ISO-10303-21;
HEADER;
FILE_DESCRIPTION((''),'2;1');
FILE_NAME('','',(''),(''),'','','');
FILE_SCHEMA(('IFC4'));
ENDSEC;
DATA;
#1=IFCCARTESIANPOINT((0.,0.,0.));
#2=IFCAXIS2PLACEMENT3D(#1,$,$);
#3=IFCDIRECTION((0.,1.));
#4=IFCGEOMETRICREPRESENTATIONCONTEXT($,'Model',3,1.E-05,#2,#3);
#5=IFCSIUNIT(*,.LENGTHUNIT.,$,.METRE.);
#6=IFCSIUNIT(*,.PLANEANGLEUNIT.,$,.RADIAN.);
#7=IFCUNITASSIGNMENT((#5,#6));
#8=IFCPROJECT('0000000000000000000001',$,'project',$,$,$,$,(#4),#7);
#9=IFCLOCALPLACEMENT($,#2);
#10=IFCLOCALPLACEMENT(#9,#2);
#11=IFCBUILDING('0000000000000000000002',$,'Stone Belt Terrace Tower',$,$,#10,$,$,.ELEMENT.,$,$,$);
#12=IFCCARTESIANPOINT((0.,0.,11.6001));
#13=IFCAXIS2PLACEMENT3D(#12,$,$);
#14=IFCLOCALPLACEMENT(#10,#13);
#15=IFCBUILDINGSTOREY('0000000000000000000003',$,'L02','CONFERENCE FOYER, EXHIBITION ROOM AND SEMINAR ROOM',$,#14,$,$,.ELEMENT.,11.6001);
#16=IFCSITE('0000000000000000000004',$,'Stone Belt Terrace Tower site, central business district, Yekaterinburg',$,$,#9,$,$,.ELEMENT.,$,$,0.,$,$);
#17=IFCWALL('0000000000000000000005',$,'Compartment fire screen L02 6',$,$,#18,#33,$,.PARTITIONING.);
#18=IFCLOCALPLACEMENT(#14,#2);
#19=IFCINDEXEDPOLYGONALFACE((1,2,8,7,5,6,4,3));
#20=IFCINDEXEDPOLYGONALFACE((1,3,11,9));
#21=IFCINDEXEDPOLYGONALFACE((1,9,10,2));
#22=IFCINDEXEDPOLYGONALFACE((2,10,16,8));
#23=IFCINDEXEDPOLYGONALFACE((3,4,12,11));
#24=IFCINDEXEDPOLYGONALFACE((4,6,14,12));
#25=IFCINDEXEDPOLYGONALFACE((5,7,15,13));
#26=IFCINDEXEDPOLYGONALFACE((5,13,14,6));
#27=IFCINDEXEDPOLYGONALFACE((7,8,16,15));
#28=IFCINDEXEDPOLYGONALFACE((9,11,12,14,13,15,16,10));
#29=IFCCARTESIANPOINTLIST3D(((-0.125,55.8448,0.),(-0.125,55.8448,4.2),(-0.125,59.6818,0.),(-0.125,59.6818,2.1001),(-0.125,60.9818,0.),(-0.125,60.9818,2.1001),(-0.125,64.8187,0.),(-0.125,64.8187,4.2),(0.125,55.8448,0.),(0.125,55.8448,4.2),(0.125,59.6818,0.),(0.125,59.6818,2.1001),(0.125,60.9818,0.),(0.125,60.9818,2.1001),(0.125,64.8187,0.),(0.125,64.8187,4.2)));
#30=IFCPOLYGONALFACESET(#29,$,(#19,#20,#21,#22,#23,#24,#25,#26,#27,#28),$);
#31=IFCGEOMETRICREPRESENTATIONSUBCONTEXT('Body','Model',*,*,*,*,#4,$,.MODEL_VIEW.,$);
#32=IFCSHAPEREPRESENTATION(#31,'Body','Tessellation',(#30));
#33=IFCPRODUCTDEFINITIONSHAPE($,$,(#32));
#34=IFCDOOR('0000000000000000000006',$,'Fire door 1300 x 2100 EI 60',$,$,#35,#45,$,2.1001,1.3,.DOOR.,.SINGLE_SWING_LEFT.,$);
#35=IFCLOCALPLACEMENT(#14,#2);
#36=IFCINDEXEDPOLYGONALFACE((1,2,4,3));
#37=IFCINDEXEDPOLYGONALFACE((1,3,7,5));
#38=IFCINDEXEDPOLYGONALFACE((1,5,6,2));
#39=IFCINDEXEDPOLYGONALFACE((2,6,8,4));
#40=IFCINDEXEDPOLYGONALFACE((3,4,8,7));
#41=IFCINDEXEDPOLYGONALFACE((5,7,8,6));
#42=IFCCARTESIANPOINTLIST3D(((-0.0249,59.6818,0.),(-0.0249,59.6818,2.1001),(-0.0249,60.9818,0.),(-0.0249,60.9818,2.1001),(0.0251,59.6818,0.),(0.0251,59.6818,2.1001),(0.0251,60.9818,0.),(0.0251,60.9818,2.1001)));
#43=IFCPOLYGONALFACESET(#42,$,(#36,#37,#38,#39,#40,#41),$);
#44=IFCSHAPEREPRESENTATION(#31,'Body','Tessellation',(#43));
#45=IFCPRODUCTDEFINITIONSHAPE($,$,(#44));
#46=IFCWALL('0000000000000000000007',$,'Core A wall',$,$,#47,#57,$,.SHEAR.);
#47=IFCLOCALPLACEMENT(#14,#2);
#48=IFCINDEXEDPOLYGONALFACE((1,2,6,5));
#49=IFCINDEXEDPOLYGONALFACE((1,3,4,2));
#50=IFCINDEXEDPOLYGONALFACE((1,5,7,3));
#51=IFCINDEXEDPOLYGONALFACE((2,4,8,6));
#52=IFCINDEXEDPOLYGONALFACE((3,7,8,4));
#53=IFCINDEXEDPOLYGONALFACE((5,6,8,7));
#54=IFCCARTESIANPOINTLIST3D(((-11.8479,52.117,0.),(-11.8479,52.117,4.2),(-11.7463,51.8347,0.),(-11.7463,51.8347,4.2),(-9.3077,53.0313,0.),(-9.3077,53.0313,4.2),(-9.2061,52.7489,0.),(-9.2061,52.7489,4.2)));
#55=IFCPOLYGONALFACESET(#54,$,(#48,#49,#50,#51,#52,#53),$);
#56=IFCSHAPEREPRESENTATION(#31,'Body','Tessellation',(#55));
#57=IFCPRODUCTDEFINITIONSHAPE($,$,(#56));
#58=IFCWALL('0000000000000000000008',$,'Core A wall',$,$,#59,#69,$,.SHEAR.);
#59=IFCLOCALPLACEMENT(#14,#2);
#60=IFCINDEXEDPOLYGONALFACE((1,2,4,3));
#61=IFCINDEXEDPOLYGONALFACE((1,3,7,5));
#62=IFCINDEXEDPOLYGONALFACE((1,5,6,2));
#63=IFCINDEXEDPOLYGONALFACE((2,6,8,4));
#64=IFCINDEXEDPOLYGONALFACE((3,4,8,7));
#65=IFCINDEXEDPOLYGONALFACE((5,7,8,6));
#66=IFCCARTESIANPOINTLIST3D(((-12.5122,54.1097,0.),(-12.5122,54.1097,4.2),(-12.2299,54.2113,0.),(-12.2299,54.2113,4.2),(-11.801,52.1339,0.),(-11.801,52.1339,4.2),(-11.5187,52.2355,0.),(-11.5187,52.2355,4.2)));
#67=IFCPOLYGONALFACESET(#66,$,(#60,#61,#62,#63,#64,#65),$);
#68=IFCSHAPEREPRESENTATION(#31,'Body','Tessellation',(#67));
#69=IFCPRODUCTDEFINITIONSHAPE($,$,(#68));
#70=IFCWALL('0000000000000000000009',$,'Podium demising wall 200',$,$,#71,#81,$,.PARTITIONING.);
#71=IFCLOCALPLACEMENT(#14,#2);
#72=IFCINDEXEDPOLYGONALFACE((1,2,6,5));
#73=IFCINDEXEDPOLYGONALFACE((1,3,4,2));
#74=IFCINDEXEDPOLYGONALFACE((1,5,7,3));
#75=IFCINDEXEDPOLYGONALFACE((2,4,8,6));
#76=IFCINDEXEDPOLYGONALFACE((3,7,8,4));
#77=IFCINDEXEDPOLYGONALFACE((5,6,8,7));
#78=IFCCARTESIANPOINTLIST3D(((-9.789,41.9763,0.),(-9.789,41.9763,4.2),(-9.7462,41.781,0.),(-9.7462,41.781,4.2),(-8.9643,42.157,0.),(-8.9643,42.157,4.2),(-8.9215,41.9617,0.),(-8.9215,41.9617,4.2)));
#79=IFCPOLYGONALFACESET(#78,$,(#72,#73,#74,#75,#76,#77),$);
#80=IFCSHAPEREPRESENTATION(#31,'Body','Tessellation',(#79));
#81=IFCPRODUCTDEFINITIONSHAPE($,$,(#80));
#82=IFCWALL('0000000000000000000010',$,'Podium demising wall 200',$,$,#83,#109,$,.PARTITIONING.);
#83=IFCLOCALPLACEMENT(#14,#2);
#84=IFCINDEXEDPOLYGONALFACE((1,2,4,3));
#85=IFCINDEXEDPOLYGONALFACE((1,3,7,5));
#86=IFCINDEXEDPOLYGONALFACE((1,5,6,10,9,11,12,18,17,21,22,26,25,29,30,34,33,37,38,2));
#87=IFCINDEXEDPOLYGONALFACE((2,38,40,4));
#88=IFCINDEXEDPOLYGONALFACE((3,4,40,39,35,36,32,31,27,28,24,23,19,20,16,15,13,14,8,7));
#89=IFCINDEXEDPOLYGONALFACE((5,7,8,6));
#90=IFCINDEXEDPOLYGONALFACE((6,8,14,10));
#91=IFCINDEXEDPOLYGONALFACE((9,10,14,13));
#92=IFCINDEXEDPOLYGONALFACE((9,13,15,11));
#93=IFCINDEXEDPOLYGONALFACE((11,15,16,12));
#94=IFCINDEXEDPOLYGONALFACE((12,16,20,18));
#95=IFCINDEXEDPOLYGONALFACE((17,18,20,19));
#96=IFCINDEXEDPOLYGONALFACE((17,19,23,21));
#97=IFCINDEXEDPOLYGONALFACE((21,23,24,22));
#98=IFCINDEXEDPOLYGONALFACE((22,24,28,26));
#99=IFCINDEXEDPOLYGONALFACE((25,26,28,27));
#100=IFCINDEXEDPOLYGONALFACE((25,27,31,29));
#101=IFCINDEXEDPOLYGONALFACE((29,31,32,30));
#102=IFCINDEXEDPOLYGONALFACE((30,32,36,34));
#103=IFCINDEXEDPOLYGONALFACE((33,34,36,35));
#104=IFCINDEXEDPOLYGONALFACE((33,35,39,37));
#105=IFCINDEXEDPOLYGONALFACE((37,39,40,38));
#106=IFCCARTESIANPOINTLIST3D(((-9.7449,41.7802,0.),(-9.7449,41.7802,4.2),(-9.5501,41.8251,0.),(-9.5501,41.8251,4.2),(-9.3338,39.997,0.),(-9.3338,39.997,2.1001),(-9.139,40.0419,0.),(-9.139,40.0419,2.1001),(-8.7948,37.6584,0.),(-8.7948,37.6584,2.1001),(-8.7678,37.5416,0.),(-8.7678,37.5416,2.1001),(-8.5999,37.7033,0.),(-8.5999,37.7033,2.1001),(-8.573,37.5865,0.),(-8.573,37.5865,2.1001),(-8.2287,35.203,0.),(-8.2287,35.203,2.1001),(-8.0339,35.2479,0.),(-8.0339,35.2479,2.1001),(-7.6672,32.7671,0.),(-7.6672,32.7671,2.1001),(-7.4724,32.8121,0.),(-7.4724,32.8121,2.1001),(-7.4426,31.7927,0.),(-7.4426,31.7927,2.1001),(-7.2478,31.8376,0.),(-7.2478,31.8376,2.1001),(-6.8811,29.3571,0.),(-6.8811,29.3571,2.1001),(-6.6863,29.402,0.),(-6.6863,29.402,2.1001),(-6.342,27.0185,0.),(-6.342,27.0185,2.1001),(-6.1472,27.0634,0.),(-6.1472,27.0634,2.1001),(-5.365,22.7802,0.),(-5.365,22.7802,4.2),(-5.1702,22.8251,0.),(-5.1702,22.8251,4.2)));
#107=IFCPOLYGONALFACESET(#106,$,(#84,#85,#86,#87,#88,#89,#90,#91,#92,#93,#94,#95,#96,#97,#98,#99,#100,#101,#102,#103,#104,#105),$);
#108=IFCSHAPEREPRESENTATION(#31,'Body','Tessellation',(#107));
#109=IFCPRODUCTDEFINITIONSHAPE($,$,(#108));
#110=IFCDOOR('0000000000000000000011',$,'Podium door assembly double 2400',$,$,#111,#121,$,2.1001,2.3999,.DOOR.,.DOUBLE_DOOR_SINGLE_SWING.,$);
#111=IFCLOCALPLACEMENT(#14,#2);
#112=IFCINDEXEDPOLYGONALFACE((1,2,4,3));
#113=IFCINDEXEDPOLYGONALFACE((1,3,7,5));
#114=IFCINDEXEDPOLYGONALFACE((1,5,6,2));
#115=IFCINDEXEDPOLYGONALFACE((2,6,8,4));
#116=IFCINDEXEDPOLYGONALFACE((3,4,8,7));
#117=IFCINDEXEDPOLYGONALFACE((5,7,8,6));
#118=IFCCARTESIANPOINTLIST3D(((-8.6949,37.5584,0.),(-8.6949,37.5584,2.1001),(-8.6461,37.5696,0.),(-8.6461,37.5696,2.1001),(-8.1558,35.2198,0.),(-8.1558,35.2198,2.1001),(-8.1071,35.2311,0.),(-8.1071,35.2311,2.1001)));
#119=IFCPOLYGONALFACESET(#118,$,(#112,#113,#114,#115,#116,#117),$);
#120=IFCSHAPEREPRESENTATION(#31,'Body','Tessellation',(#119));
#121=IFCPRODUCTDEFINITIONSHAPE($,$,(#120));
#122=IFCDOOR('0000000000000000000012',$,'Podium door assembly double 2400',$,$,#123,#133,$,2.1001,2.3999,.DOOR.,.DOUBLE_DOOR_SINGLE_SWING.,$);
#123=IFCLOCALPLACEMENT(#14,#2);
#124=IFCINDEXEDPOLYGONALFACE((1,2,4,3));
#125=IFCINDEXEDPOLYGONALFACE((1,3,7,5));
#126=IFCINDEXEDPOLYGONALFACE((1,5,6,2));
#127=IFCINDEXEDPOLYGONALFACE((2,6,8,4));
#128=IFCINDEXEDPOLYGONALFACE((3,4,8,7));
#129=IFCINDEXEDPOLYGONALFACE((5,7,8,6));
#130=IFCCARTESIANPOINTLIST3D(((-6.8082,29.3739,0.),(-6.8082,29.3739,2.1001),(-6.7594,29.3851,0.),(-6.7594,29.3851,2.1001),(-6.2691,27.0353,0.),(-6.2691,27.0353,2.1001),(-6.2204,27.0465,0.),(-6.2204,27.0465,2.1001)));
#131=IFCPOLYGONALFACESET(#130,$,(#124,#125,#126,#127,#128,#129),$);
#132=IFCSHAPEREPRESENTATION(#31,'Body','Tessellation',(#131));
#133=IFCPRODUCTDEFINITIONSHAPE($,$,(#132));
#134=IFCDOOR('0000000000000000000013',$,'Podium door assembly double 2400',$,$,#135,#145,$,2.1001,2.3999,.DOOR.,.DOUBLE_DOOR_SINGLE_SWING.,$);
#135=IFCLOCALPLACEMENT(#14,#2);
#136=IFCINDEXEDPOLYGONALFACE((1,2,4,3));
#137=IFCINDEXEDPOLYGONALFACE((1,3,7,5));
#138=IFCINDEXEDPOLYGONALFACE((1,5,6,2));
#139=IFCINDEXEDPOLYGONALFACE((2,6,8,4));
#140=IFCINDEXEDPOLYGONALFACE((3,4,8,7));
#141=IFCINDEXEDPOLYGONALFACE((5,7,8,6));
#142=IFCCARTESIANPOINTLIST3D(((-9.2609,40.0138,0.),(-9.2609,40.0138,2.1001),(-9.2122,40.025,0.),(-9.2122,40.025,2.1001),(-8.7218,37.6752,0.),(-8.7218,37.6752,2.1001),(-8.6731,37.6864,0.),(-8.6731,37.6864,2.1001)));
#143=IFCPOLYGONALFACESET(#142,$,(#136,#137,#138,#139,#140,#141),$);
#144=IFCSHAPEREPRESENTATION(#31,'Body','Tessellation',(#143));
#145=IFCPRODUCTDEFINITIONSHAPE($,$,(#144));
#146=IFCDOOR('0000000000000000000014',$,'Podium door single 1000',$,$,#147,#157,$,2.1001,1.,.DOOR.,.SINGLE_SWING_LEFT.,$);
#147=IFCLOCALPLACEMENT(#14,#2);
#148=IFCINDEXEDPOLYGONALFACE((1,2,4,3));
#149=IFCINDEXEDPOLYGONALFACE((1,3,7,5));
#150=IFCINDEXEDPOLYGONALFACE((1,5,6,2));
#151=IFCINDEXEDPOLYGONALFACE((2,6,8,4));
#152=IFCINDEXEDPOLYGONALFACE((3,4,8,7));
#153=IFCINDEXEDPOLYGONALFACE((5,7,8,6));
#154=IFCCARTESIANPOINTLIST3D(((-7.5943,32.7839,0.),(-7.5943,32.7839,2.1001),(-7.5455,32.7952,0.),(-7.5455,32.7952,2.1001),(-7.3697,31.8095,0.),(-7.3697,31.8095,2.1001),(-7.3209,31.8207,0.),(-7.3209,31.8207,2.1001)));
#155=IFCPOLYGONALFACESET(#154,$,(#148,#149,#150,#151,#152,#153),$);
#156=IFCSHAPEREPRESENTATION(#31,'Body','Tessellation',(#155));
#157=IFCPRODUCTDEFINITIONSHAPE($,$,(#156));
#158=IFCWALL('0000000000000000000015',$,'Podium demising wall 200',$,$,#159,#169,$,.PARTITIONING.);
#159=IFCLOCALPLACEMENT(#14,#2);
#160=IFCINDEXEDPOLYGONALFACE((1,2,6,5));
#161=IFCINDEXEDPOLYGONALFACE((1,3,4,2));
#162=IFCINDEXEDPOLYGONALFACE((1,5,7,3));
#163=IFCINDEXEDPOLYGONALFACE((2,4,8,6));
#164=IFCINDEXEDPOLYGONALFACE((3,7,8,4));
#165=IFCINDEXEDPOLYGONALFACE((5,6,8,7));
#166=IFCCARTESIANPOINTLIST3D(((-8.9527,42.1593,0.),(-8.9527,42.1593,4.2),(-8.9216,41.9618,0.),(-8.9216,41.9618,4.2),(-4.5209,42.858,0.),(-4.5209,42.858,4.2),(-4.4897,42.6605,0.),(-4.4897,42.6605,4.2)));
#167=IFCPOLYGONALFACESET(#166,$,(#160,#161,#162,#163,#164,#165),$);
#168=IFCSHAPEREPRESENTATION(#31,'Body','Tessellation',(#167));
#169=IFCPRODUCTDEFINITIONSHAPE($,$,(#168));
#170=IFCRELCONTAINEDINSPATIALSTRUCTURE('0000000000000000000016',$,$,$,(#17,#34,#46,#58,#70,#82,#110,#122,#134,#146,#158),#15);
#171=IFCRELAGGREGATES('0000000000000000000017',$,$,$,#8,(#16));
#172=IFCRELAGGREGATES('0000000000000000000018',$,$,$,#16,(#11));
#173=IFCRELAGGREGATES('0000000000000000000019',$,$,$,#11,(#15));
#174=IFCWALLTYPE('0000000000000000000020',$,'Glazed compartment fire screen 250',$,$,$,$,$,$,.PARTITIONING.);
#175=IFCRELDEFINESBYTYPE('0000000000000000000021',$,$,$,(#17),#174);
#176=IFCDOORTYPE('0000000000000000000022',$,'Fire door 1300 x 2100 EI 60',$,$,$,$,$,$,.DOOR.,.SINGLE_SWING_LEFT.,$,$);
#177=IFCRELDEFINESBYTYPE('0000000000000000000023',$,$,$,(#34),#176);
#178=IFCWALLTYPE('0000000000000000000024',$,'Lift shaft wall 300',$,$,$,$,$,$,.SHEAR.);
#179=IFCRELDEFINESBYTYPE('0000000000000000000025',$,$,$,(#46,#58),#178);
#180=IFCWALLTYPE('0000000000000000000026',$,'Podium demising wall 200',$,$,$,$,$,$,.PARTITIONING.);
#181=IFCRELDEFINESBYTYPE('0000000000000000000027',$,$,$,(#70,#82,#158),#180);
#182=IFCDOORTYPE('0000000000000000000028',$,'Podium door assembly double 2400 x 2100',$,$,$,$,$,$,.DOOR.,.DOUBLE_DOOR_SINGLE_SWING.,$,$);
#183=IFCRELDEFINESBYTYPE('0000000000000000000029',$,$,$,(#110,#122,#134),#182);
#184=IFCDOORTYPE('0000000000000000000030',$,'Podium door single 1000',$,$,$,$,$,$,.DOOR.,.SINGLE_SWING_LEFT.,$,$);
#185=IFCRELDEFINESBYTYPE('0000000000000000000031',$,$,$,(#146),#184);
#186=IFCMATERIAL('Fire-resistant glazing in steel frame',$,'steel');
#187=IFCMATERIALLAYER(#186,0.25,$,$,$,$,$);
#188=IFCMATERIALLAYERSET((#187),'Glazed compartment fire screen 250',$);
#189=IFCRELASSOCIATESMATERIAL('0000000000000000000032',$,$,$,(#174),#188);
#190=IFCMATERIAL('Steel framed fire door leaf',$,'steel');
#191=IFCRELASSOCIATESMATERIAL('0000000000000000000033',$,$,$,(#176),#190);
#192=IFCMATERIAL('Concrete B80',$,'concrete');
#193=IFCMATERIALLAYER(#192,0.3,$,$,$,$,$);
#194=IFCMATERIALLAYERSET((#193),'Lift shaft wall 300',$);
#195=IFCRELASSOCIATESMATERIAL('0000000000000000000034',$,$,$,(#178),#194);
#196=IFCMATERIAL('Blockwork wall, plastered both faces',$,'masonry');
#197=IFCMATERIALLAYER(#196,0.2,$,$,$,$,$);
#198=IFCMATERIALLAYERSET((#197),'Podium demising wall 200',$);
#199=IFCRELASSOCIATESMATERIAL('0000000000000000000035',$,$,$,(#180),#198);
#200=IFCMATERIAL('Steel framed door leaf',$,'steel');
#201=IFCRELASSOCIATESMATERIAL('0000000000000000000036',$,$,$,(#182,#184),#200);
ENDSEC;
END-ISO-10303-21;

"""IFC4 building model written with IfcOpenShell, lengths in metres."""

from ifc_helpers import new_model, si_unit, direction, frame, frame_2d, origin, place, context, subcontext, project, spatial, rectangle, extrude, material, layer, layer_set, type_object, element, fill, save


model = new_model("IFC4")

# Units and contexts
model_context = context("Model", 3, precision=1e-05, world=origin(), true_north=direction((0.0, 1.0)))
body_context = subcontext(model_context, "Body", "Model", "MODEL_VIEW")
ifc_project = project(units=[si_unit("LENGTHUNIT", "METRE"), si_unit("PLANEANGLEUNIT", "RADIAN")], contexts=[model_context])

# Site, building, storey
site_placement = place(None, origin())
site = spatial("IfcSite", under=ifc_project, at=site_placement, Name="Stone Belt Terrace Tower site, central business district, Yekaterinburg", CompositionType="ELEMENT", RefElevation=0.0)
building_placement = place(site_placement, origin())
building = spatial("IfcBuilding", under=site, at=building_placement, Name="Stone Belt Terrace Tower", CompositionType="ELEMENT")
storey_placement = place(building_placement, frame((0.0, 0.0, 11.6001)))
storey = spatial("IfcBuildingStorey", under=building, at=storey_placement, Name="L02", Description="CONFERENCE FOYER, EXHIBITION ROOM AND SEMINAR ROOM", CompositionType="ELEMENT", Elevation=11.6001)

# Shared definitions
ifc_material_1 = material(Name="Concrete B80", Category="concrete")

# Shared definitions
ifc_material_2 = material(Name="Fire-resistant glazing in steel frame", Category="steel")
ifc_layer_1 = layer(ifc_material_2, 0.25)
ifc_layer_set_1 = layer_set([ifc_layer_1], Name="Glazed compartment fire screen 250")
wall_type_1 = type_object("IfcWallType", Name="Glazed compartment fire screen 250", PredefinedType="PARTITIONING", material=ifc_layer_set_1)

# Shared definitions
ifc_material_3 = material(Name="Steel framed fire door leaf", Category="steel")
door_type_1 = type_object("IfcDoorType", Name="Fire door 1300 x 2100 EI 60", OperationType="SINGLE_SWING_LEFT", PredefinedType="DOOR", material=ifc_material_3)

# Wall, opening, door
wall_1_placement = place(storey_placement, frame((0.0, 55.845, 0.0), z_axis=(0.0, 0.0, 1.0), x_axis=(0.0, 1.0, 0.0)))
wall_1 = element("IfcWall", 1, at=wall_1_placement, inside=storey, type_object=wall_type_1, Name="Compartment fire screen L02 6", PredefinedType="PARTITIONING", context=body_context, shape_type="SweptSolid", body=[
    extrude(rectangle(XDim=8.9739, YDim=0.25, at=frame_2d((4.4868, 0.0))), origin(), (0.0, 0.0, 1.0), 4.2),
])
opening_1_placement = place(wall_1_placement, frame((3.8369, 0.0, 0.0)))
opening_1 = element("IfcOpeningElement", 2, at=opening_1_placement, cuts=wall_1, PredefinedType="OPENING", context=body_context, shape_type="SweptSolid", body=[
    extrude(rectangle(XDim=1.3, YDim=2.1001, at=frame_2d((0.6499, 1.05))), frame((0.0, 0.135, 0.0), z_axis=(0.0, -1.0, 0.0), x_axis=(1.0, 0.0, 0.0)), (0.0, 0.0, 1.0), 0.27),
])
door_1_placement = place(opening_1_placement, origin())
door_1 = element("IfcDoor", 3, at=door_1_placement, inside=storey, type_object=door_type_1, Name="Fire door 1300 x 2100 EI 60", OperationType="SINGLE_SWING_LEFT", OverallHeight=2.1001, OverallWidth=1.3, PredefinedType="DOOR", context=body_context, shape_type="SweptSolid", body=[
    extrude(rectangle(XDim=1.3, YDim=2.1001, at=frame_2d((0.6499, 1.05))), frame((0.0, 0.0249, 0.0), z_axis=(0.0, -1.0, 0.0), x_axis=(1.0, 0.0, 0.0)), (0.0, 0.0, 1.0), 0.05),
])
fill(opening_1, door_1)

# Walls
ifc_layer_2 = layer(ifc_material_1, 0.3)
ifc_layer_set_2 = layer_set([ifc_layer_2], Name="Lift shaft wall 300")
wall_type_2 = type_object("IfcWallType", Name="Lift shaft wall 300", PredefinedType="SHEAR", material=ifc_layer_set_2)
wall_2_placement = place(storey_placement, frame((-11.7971, 51.9758, 0.0), z_axis=(0.0, 0.0, 1.0), x_axis=(0.94091, 0.338655, 0.0)))
element("IfcWall", 4, at=wall_2_placement, inside=storey, type_object=wall_type_2, Name="Core A wall", PredefinedType="SHEAR", context=body_context, shape_type="SweptSolid", body=[
    extrude(rectangle(XDim=2.6997, YDim=0.3, at=frame_2d((1.3499, 0.0))), origin(), (0.0, 0.0, 1.0), 4.2),
])
wall_3_placement = place(storey_placement, frame((-11.6599, 52.1848, 0.0), z_axis=(0.0, 0.0, 1.0), x_axis=(-0.33867, 0.940905, 0.0)))
element("IfcWall", 5, at=wall_3_placement, inside=storey, type_object=wall_type_2, Name="Core A wall", PredefinedType="SHEAR", context=body_context, shape_type="SweptSolid", body=[
    extrude(rectangle(XDim=2.0999, YDim=0.3, at=frame_2d((1.0498, 0.0))), origin(), (0.0, 0.0, 1.0), 4.2),
])
ifc_material_4 = material(Name="Blockwork wall, plastered both faces", Category="masonry")
ifc_layer_3 = layer(ifc_material_4, 0.2)
ifc_layer_set_3 = layer_set([ifc_layer_3], Name="Podium demising wall 200")
wall_type_3 = type_object("IfcWallType", Name="Podium demising wall 200", PredefinedType="PARTITIONING", material=ifc_layer_set_3)
wall_4_placement = place(storey_placement, frame((-9.7676, 41.8787, 0.0), z_axis=(0.0, 0.0, 1.0), x_axis=(0.976836, 0.21399, 0.0)))
element("IfcWall", 6, at=wall_4_placement, inside=storey, type_object=wall_type_3, Name="Podium demising wall 200", PredefinedType="PARTITIONING", context=body_context, shape_type="SweptSolid", body=[
    extrude(rectangle(XDim=0.8442, YDim=0.2, at=frame_2d((0.4221, 0.0))), origin(), (0.0, 0.0, 1.0), 4.2),
])

# Wall, openings, doors
wall_5_placement = place(storey_placement, frame((-9.6475, 41.8025, 0.0), z_axis=(0.0, 0.0, 1.0), x_axis=(0.224629, -0.974444, 0.0)))
wall_5 = element("IfcWall", 7, at=wall_5_placement, inside=storey, type_object=wall_type_3, Name="Podium demising wall 200", PredefinedType="PARTITIONING", context=body_context, shape_type="SweptSolid", body=[
    extrude(rectangle(XDim=19.4983, YDim=0.2, at=frame_2d((9.749, 0.0))), origin(), (0.0, 0.0, 1.0), 4.2),
])
opening_2_placement = place(wall_5_placement, frame((9.2493, 0.0, 0.0)))
opening_2 = element("IfcOpeningElement", 8, at=opening_2_placement, cuts=wall_5, PredefinedType="OPENING", context=body_context, shape_type="SweptSolid", body=[
    extrude(rectangle(XDim=1.0, YDim=2.1001, at=frame_2d((0.5, 1.05))), frame((0.0, 0.1099, 0.0), z_axis=(0.0, -1.0, 0.0), x_axis=(1.0, 0.0, 0.0)), (0.0, 0.0, 1.0), 0.22),
])
opening_3_placement = place(wall_5_placement, frame((4.3496, 0.0, 0.0)))
opening_3 = element("IfcOpeningElement", 9, at=opening_3_placement, cuts=wall_5, PredefinedType="OPENING", context=body_context, shape_type="SweptSolid", body=[
    extrude(rectangle(XDim=2.3999, YDim=2.1001, at=frame_2d((1.2, 1.05))), frame((0.0, 0.1099, 0.0), z_axis=(0.0, -1.0, 0.0), x_axis=(1.0, 0.0, 0.0)), (0.0, 0.0, 1.0), 0.22),
])
opening_4_placement = place(wall_5_placement, frame((12.7488, 0.0, 0.0)))
opening_4 = element("IfcOpeningElement", 10, at=opening_4_placement, cuts=wall_5, PredefinedType="OPENING", context=body_context, shape_type="SweptSolid", body=[
    extrude(rectangle(XDim=2.3999, YDim=2.1001, at=frame_2d((1.2, 1.05))), frame((0.0, 0.1099, 0.0), z_axis=(0.0, -1.0, 0.0), x_axis=(1.0, 0.0, 0.0)), (0.0, 0.0, 1.0), 0.22),
])
opening_5_placement = place(wall_5_placement, frame((1.8298, 0.0, 0.0)))
opening_5 = element("IfcOpeningElement", 11, at=opening_5_placement, cuts=wall_5, PredefinedType="OPENING", context=body_context, shape_type="SweptSolid", body=[
    extrude(rectangle(XDim=2.3999, YDim=2.1001, at=frame_2d((1.2, 1.05))), frame((0.0, 0.1099, 0.0), z_axis=(0.0, -1.0, 0.0), x_axis=(1.0, 0.0, 0.0)), (0.0, 0.0, 1.0), 0.22),
])
ifc_material_5 = material(Name="Steel framed door leaf", Category="steel")
door_type_2 = type_object("IfcDoorType", Name="Podium door assembly double 2400 x 2100", OperationType="DOUBLE_DOOR_SINGLE_SWING", PredefinedType="DOOR", material=ifc_material_5)
door_2_placement = place(opening_3_placement, origin())
door_2 = element("IfcDoor", 12, at=door_2_placement, inside=storey, type_object=door_type_2, Name="Podium door assembly double 2400", OperationType="DOUBLE_DOOR_SINGLE_SWING", OverallHeight=2.1001, OverallWidth=2.3999, PredefinedType="DOOR", context=body_context, shape_type="SweptSolid", body=[
    extrude(rectangle(XDim=2.3999, YDim=2.1001, at=frame_2d((1.2, 1.05))), frame((0.0, 0.0249, 0.0), z_axis=(0.0, -1.0, 0.0), x_axis=(1.0, 0.0, 0.0)), (0.0, 0.0, 1.0), 0.05),
])
fill(opening_3, door_2)
door_3_placement = place(opening_4_placement, origin())
door_3 = element("IfcDoor", 13, at=door_3_placement, inside=storey, type_object=door_type_2, Name="Podium door assembly double 2400", OperationType="DOUBLE_DOOR_SINGLE_SWING", OverallHeight=2.1001, OverallWidth=2.3999, PredefinedType="DOOR", context=body_context, shape_type="SweptSolid", body=[
    extrude(rectangle(XDim=2.3999, YDim=2.1001, at=frame_2d((1.2, 1.05))), frame((0.0, 0.0249, 0.0), z_axis=(0.0, -1.0, 0.0), x_axis=(1.0, 0.0, 0.0)), (0.0, 0.0, 1.0), 0.05),
])
fill(opening_4, door_3)
door_4_placement = place(opening_5_placement, origin())
door_4 = element("IfcDoor", 14, at=door_4_placement, inside=storey, type_object=door_type_2, Name="Podium door assembly double 2400", OperationType="DOUBLE_DOOR_SINGLE_SWING", OverallHeight=2.1001, OverallWidth=2.3999, PredefinedType="DOOR", context=body_context, shape_type="SweptSolid", body=[
    extrude(rectangle(XDim=2.3999, YDim=2.1001, at=frame_2d((1.2, 1.05))), frame((0.0, 0.0249, 0.0), z_axis=(0.0, -1.0, 0.0), x_axis=(1.0, 0.0, 0.0)), (0.0, 0.0, 1.0), 0.05),
])
fill(opening_5, door_4)
door_type_3 = type_object("IfcDoorType", Name="Podium door single 1000", OperationType="SINGLE_SWING_LEFT", PredefinedType="DOOR", material=ifc_material_5)
door_5_placement = place(opening_2_placement, origin())
door_5 = element("IfcDoor", 15, at=door_5_placement, inside=storey, type_object=door_type_3, Name="Podium door single 1000", OperationType="SINGLE_SWING_LEFT", OverallHeight=2.1001, OverallWidth=1.0, PredefinedType="DOOR", context=body_context, shape_type="SweptSolid", body=[
    extrude(rectangle(XDim=1.0, YDim=2.1001, at=frame_2d((0.5, 1.05))), frame((0.0, 0.0249, 0.0), z_axis=(0.0, -1.0, 0.0), x_axis=(1.0, 0.0, 0.0)), (0.0, 0.0, 1.0), 0.05),
])
fill(opening_2, door_5)

# Wall
wall_6_placement = place(storey_placement, frame((-8.937, 42.0605, 0.0), z_axis=(0.0, 0.0, 1.0), x_axis=(0.987799, 0.155736, 0.0)))
element("IfcWall", 16, at=wall_6_placement, inside=storey, type_object=wall_type_3, Name="Podium demising wall 200", PredefinedType="PARTITIONING", context=body_context, shape_type="SweptSolid", body=[
    extrude(rectangle(XDim=4.4866, YDim=0.2, at=frame_2d((2.2432, 0.0))), origin(), (0.0, 0.0, 1.0), 4.2),
])

save(model, "model.ifc")
